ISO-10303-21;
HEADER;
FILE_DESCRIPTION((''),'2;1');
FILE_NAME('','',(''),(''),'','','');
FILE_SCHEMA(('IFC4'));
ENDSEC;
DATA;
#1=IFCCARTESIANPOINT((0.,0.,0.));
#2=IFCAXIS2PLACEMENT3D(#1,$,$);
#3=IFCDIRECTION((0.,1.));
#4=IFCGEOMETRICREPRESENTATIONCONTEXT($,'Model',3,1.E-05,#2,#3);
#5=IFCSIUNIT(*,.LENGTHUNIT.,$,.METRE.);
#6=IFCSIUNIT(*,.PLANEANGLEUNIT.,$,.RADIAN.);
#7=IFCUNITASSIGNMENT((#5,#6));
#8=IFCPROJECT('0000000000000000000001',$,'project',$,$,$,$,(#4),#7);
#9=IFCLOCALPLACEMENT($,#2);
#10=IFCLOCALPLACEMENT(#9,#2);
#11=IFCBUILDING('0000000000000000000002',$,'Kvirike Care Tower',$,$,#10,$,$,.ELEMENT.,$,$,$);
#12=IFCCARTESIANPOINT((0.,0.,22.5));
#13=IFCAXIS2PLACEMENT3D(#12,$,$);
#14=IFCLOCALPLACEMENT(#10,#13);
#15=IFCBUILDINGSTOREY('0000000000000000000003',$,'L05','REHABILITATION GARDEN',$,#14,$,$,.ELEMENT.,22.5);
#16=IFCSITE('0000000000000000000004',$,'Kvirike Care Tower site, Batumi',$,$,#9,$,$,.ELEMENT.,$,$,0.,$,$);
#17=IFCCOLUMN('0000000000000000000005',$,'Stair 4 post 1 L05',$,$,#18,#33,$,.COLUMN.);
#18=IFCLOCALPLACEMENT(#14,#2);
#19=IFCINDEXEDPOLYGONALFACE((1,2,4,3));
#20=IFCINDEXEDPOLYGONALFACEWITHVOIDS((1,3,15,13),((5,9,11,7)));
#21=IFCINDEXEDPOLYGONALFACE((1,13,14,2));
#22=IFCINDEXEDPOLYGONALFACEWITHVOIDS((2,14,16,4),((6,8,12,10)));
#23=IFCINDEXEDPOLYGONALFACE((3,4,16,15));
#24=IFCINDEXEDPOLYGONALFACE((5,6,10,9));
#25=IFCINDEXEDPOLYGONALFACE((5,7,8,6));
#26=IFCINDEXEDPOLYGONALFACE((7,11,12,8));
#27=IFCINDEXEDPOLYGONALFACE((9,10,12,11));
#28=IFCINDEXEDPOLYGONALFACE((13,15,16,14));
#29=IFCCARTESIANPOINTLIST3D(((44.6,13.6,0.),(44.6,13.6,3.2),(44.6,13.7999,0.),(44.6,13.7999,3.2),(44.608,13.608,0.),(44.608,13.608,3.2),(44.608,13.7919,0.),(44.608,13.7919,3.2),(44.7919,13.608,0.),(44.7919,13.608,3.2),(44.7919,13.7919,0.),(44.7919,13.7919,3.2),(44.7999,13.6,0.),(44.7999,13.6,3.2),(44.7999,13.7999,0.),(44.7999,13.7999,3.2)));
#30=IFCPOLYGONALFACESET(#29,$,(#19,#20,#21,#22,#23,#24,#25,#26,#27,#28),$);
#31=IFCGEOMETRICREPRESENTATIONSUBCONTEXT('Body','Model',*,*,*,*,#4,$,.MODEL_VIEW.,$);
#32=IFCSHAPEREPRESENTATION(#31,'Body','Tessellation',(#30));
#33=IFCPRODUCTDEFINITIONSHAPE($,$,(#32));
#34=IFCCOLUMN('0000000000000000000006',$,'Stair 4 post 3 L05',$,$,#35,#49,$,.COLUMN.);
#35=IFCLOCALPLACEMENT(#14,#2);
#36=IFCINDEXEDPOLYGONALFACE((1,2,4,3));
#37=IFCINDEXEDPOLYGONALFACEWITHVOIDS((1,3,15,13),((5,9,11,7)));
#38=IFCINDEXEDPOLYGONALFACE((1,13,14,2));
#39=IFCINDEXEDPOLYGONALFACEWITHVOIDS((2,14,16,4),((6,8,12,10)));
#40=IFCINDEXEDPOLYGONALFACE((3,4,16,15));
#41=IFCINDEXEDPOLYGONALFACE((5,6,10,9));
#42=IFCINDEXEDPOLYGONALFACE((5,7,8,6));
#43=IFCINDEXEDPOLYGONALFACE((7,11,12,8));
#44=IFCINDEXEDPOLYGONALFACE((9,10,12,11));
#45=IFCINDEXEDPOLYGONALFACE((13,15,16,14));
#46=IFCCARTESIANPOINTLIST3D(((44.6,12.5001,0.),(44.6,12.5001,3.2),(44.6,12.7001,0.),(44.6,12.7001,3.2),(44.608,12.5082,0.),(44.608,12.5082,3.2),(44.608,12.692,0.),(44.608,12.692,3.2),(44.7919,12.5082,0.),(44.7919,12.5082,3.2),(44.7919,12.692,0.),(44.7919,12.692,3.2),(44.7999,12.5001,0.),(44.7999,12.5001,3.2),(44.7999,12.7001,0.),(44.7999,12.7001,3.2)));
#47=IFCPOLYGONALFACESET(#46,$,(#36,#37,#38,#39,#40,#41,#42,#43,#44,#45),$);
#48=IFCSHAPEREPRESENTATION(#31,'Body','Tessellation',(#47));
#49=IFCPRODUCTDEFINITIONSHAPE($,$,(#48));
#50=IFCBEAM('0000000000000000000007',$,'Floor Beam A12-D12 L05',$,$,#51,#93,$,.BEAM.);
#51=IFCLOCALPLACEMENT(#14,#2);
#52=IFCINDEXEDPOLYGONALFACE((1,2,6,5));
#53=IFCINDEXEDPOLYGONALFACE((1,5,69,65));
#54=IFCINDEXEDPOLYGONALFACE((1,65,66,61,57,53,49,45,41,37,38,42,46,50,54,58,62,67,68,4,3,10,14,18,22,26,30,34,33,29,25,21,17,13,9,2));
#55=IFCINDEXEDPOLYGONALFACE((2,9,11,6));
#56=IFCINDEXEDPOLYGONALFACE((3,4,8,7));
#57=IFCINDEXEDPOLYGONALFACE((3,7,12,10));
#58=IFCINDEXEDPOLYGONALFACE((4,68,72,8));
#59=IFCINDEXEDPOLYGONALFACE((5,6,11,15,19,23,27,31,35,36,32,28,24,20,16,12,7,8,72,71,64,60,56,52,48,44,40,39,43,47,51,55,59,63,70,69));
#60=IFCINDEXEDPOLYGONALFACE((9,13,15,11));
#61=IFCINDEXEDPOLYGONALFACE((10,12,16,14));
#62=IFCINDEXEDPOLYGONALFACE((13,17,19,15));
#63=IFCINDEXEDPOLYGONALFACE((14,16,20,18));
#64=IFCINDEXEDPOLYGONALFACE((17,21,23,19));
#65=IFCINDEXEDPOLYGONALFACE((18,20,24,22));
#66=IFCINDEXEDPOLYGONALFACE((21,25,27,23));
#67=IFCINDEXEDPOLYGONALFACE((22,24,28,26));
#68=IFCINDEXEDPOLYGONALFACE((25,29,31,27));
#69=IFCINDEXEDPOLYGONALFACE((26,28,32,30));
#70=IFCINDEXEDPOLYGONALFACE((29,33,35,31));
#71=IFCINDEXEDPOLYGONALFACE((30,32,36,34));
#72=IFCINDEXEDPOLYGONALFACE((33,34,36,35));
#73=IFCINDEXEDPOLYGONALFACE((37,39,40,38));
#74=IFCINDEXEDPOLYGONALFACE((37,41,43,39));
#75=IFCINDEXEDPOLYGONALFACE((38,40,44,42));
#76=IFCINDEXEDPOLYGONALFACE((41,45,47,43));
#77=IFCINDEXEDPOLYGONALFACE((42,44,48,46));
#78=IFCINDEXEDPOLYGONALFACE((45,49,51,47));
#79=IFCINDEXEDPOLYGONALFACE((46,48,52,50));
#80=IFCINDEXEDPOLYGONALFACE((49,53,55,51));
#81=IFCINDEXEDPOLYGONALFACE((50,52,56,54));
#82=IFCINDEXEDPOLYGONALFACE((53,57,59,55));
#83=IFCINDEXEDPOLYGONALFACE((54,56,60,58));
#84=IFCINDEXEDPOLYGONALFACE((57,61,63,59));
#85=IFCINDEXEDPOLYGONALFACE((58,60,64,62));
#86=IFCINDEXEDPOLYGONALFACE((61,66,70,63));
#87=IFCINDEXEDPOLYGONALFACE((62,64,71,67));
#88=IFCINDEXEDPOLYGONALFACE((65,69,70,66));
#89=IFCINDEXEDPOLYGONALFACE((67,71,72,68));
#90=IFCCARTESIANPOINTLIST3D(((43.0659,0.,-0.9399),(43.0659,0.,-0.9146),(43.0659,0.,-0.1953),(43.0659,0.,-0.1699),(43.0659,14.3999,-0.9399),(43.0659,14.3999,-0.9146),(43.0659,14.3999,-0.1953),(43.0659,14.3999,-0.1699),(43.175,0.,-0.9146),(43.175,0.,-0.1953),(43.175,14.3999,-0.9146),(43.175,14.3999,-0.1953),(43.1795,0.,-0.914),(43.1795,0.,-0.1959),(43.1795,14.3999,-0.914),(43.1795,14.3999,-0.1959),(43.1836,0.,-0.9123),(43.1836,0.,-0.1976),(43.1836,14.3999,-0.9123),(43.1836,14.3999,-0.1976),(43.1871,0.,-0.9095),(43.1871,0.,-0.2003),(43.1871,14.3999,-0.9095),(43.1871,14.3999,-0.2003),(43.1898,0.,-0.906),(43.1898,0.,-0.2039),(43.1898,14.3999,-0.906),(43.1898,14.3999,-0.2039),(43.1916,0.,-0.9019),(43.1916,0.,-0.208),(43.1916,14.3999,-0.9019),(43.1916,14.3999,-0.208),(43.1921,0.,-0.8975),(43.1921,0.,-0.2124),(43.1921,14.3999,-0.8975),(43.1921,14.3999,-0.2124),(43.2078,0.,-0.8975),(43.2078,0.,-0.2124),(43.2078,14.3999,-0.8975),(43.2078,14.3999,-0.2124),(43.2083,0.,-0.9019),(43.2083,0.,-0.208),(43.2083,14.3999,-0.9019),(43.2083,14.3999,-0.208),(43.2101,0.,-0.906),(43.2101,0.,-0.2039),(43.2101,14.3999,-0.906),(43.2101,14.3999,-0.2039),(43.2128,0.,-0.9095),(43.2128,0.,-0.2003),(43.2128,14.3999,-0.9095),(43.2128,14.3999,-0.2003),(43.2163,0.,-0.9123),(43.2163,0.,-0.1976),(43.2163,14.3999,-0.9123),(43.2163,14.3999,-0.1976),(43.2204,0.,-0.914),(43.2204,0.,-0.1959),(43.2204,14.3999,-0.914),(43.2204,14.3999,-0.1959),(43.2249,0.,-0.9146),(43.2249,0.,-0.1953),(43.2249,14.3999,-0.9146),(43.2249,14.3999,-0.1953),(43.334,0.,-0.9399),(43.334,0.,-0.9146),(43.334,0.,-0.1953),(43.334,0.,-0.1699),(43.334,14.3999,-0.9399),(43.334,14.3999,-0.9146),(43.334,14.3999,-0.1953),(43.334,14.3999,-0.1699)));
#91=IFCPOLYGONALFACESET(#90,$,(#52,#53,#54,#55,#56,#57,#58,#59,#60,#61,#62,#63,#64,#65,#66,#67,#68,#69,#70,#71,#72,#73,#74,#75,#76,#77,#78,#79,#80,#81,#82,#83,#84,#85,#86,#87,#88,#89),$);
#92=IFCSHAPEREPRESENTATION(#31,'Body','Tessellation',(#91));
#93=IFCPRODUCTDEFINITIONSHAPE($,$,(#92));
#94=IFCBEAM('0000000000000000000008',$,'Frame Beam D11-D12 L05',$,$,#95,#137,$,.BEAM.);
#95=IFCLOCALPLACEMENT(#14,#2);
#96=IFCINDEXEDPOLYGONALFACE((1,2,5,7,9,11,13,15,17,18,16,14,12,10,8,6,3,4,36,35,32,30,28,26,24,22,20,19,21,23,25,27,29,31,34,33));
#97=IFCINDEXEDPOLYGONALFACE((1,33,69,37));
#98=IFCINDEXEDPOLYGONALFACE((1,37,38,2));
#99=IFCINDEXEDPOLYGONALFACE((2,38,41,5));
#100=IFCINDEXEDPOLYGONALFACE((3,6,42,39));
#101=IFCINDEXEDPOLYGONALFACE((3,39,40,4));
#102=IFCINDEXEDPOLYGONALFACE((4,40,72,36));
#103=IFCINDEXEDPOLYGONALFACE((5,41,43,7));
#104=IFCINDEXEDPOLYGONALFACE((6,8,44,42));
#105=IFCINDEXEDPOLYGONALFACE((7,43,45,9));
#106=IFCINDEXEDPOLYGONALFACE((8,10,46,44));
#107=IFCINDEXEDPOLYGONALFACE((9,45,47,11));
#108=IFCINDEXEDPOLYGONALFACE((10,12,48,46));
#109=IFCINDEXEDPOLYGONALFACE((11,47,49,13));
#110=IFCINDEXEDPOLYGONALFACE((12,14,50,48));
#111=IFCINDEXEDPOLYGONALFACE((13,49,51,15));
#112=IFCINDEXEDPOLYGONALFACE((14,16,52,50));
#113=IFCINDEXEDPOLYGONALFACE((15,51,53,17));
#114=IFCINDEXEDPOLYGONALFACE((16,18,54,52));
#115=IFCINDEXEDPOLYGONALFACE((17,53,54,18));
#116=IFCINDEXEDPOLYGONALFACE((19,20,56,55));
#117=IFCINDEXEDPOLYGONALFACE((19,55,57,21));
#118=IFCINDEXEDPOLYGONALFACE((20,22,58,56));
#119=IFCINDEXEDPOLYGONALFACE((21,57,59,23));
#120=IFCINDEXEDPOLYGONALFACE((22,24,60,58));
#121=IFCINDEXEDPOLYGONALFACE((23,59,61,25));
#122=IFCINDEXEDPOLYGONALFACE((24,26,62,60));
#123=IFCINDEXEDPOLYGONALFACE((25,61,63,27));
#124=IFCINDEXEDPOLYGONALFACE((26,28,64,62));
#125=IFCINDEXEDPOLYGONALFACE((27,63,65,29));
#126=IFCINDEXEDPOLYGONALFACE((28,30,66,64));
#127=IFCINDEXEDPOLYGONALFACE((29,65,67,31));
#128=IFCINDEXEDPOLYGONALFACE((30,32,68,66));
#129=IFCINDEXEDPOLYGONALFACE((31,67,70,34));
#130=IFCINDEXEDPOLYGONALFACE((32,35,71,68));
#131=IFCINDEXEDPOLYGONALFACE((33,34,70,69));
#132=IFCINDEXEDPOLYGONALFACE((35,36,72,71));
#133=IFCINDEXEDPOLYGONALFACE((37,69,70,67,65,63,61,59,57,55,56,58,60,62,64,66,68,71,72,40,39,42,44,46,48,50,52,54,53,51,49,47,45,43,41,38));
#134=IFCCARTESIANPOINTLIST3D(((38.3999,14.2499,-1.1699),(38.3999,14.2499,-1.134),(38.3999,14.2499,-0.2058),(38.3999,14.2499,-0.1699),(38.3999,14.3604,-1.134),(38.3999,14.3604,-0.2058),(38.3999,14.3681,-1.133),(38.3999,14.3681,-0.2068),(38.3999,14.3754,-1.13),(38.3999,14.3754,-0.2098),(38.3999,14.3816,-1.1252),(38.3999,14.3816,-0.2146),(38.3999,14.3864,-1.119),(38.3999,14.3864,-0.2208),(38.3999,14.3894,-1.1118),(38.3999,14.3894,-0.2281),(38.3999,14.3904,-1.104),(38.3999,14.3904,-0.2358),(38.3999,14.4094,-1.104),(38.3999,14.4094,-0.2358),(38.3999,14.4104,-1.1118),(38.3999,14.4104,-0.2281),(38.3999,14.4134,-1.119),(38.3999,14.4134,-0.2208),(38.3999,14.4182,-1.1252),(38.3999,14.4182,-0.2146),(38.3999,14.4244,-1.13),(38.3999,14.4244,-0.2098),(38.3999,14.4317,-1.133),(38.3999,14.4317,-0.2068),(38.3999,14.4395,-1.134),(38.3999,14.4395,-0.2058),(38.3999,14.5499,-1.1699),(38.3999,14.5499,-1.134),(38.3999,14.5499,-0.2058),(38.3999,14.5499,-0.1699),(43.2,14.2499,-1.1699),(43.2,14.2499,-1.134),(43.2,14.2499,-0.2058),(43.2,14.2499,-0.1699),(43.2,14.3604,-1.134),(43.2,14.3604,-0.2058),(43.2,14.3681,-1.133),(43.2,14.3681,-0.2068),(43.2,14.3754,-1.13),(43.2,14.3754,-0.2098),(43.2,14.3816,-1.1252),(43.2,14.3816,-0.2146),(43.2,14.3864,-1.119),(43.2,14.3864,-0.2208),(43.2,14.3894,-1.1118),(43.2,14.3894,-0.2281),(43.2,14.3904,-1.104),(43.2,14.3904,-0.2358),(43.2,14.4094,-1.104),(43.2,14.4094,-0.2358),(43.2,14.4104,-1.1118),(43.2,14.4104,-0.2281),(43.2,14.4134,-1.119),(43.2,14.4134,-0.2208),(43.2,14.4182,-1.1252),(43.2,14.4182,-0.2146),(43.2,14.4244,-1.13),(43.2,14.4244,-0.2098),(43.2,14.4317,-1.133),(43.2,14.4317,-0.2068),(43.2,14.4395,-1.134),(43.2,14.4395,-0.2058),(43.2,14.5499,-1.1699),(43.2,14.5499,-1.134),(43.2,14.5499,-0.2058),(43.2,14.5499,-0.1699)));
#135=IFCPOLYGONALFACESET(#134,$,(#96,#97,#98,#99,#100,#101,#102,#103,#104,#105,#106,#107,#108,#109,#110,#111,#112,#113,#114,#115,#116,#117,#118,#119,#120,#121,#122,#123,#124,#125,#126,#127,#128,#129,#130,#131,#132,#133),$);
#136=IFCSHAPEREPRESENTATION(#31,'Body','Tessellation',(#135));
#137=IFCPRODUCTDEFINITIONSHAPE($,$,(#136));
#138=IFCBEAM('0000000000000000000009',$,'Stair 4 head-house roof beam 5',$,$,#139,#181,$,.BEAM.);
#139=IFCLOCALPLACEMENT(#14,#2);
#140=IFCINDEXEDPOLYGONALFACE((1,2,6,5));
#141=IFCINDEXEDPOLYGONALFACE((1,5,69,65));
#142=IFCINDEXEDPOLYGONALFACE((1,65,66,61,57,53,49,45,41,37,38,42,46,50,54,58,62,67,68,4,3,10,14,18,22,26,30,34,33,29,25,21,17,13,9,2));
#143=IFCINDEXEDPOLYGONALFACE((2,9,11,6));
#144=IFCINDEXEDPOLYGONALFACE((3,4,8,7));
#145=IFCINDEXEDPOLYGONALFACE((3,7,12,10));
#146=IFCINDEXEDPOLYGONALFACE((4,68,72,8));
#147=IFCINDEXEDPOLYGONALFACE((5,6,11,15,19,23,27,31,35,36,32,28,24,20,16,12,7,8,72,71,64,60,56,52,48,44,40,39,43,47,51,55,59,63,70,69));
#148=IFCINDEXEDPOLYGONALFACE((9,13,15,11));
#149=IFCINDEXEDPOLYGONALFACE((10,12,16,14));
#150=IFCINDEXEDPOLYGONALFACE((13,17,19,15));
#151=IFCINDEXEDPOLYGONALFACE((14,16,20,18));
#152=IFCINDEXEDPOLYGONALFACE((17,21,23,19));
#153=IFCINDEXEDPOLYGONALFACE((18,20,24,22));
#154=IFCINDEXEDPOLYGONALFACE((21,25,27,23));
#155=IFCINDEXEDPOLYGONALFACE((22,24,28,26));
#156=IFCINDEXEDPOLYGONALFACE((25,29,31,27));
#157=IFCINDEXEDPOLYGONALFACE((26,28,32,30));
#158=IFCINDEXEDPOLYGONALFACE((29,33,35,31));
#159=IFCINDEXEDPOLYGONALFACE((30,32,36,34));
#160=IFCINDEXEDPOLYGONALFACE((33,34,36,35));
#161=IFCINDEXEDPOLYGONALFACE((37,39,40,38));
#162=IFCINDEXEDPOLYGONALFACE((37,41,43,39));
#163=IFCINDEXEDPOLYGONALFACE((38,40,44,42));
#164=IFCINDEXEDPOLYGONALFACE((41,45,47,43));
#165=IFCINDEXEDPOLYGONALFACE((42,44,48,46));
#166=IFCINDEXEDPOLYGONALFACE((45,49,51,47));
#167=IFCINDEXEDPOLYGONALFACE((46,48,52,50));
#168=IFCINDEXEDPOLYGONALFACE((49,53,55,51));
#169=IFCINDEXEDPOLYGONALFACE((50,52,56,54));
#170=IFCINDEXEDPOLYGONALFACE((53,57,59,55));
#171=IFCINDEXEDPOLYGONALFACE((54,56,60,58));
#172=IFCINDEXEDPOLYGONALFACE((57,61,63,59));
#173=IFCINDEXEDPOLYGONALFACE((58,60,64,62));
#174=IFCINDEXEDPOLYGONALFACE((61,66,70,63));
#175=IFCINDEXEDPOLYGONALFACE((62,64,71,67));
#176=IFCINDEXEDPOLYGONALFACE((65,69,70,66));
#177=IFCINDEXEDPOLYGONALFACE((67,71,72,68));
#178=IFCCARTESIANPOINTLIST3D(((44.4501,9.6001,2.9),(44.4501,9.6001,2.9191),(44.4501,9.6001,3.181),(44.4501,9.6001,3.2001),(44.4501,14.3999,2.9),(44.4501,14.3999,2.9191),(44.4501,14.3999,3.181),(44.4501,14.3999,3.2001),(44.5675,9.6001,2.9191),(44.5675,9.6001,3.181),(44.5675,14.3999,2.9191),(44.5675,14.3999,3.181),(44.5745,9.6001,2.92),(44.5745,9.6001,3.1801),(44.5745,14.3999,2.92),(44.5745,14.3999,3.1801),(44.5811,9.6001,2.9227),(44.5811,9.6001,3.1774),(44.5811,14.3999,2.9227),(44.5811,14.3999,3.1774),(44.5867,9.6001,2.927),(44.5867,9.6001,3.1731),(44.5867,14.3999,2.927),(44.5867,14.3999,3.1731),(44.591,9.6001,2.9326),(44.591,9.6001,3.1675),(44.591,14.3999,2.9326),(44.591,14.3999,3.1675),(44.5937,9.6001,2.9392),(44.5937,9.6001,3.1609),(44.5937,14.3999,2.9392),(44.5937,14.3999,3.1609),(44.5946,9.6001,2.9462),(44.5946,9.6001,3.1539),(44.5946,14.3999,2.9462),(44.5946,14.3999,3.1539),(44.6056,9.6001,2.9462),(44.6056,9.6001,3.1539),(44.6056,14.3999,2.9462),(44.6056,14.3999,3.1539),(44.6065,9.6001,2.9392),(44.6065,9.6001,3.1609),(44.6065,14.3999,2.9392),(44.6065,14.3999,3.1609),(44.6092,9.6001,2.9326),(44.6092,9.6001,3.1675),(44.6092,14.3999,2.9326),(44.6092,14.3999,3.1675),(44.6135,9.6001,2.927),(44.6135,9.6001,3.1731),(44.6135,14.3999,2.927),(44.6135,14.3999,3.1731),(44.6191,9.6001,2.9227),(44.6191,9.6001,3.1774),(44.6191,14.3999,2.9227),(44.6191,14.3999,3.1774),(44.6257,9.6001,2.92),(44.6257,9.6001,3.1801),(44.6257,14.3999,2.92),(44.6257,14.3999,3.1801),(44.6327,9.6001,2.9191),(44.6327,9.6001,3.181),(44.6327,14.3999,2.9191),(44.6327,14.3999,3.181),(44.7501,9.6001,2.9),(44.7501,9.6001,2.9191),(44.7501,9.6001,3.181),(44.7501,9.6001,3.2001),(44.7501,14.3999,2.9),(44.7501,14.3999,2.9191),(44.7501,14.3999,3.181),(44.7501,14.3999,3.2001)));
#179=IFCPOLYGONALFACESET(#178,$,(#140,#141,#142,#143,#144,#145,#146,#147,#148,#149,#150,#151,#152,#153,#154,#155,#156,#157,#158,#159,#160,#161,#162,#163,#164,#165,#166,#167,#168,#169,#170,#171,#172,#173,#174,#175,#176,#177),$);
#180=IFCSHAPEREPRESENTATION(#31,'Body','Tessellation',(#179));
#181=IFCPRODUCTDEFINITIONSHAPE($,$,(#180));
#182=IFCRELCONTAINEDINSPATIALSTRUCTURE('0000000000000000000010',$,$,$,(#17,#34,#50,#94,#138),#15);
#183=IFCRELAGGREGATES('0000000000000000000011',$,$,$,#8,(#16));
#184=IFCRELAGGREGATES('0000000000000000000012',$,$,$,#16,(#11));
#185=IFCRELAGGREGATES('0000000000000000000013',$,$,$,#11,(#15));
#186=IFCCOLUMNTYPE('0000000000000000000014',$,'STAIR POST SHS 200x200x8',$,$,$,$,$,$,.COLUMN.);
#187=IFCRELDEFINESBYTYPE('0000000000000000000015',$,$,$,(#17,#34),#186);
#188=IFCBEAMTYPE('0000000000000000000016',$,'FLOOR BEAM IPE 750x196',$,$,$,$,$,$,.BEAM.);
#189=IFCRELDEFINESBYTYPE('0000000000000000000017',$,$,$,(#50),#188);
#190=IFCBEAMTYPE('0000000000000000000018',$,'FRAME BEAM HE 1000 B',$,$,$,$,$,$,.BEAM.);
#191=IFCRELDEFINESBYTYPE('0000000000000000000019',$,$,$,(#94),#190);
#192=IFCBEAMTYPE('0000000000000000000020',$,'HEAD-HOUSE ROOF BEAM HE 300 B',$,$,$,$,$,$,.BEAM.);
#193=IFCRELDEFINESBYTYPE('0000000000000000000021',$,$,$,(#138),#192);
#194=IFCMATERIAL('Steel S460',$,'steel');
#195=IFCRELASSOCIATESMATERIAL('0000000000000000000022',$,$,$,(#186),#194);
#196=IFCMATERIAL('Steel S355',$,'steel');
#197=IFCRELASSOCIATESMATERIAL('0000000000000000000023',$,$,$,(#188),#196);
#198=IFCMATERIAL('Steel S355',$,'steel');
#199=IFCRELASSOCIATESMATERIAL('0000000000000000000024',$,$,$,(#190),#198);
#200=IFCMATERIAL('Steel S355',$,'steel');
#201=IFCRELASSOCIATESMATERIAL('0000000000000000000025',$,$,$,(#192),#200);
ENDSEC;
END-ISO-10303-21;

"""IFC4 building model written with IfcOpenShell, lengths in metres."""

from ifc_helpers import new_model, si_unit, direction, frame, origin, origin_2d, place, context, subcontext, project, spatial, hollow_rectangle, i_section, extrude, material, material_profile, profile_set, type_object, element, save


model = new_model("IFC4")

# Units and contexts
model_context = context("Model", 3, precision=1e-05, world=origin(), true_north=direction((0.0, 1.0)))
body_context = subcontext(model_context, "Body", "Model", "MODEL_VIEW")
ifc_project = project(units=[si_unit("LENGTHUNIT", "METRE"), si_unit("PLANEANGLEUNIT", "RADIAN")], contexts=[model_context])

# Site, building, storey
site_placement = place(None, origin())
site = spatial("IfcSite", under=ifc_project, at=site_placement, Name="Kvirike Care Tower site, Batumi", CompositionType="ELEMENT", RefElevation=0.0)
building_placement = place(site_placement, origin())
building = spatial("IfcBuilding", under=site, at=building_placement, Name="Kvirike Care Tower", CompositionType="ELEMENT")
storey_placement = place(building_placement, frame((0.0, 0.0, 22.5)))
storey = spatial("IfcBuildingStorey", under=building, at=storey_placement, Name="L05", Description="REHABILITATION GARDEN", CompositionType="ELEMENT", Elevation=22.5)

# Columns
ifc_material_1 = material(Name="Steel S460", Category="steel")
ifc_material_profile_1 = material_profile(ifc_material_1, hollow_rectangle(XDim=0.2, YDim=0.2, WallThickness=0.0081, at=origin_2d()), Name="SHS 200x200x8")
ifc_profile_set_1 = profile_set([ifc_material_profile_1], Name="Steel S460")
column_type = type_object("IfcColumnType", Name="STAIR POST SHS 200x200x8", PredefinedType="COLUMN", material=ifc_profile_set_1)
for number, where, z_axis, x_axis, name in (
    (1, (44.7, 13.7, 0.0), (0.0, 0.0, 1.0), (1.0, 0.0, 0.0), "Stair 4 post 1 L05"),
    (2, (44.7, 12.6001, 0.0), (0.0, 0.0, 1.0), (1.0, 0.0, 0.0), "Stair 4 post 3 L05"),
):
    element("IfcColumn", number, at=place(storey_placement, frame(where, z_axis=z_axis, x_axis=x_axis)), inside=storey, type_object=column_type, Name=name, PredefinedType="COLUMN", context=body_context, shape_type="SweptSolid", body=[
        extrude(hollow_rectangle(XDim=0.2, YDim=0.2, WallThickness=0.0081, at=origin_2d()), origin(), (0.0, 0.0, 1.0), 3.2),
    ])

# Beams
ifc_material_2 = material(Name="Steel S355", Category="steel")
ifc_material_profile_2 = material_profile(ifc_material_2, i_section(OverallWidth=0.2681, OverallDepth=0.77, WebThickness=0.0156, FlangeThickness=0.0254, FilletRadius=0.0171, at=origin_2d()), Name="IPE 750x196")
ifc_profile_set_2 = profile_set([ifc_material_profile_2], Name="Steel S355")
beam_type_1 = type_object("IfcBeamType", Name="FLOOR BEAM IPE 750x196", PredefinedType="BEAM", material=ifc_profile_set_2)
beam_1_placement = place(storey_placement, frame((43.2, 0.0, -0.5549), z_axis=(0.0, 1.0, 0.0), x_axis=(-1.0, 0.0, 0.0)))
element("IfcBeam", 3, at=beam_1_placement, inside=storey, type_object=beam_type_1, Name="Floor Beam A12-D12 L05", PredefinedType="BEAM", context=body_context, shape_type="SweptSolid", body=[
    extrude(i_section(OverallWidth=0.2681, OverallDepth=0.77, WebThickness=0.0156, FlangeThickness=0.0254, FilletRadius=0.0171, at=origin_2d()), origin(), (0.0, 0.0, 1.0), 14.3999),
])
ifc_material_3 = material(Name="Steel S355", Category="steel")
ifc_material_profile_3 = material_profile(ifc_material_3, i_section(OverallWidth=0.3, OverallDepth=1.0, WebThickness=0.019, FlangeThickness=0.0359, FilletRadius=0.03, at=origin_2d()), Name="HE 1000 B")
ifc_profile_set_3 = profile_set([ifc_material_profile_3], Name="Steel S355")
beam_type_2 = type_object("IfcBeamType", Name="FRAME BEAM HE 1000 B", PredefinedType="BEAM", material=ifc_profile_set_3)
beam_2_placement = place(storey_placement, frame((38.3999, 14.3999, -0.6699), z_axis=(1.0, 0.0, 0.0), x_axis=(0.0, 1.0, 0.0)))
element("IfcBeam", 4, at=beam_2_placement, inside=storey, type_object=beam_type_2, Name="Frame Beam D11-D12 L05", PredefinedType="BEAM", context=body_context, shape_type="SweptSolid", body=[
    extrude(i_section(OverallWidth=0.3, OverallDepth=1.0, WebThickness=0.019, FlangeThickness=0.0359, FilletRadius=0.03, at=origin_2d()), origin(), (0.0, 0.0, 1.0), 4.8),
])
ifc_material_4 = material(Name="Steel S355", Category="steel")
ifc_material_profile_4 = material_profile(ifc_material_4, i_section(OverallWidth=0.3, OverallDepth=0.3, WebThickness=0.011, FlangeThickness=0.019, FilletRadius=0.0271, at=origin_2d()), Name="HE 300 B")
ifc_profile_set_4 = profile_set([ifc_material_profile_4], Name="Steel S355")
beam_type_3 = type_object("IfcBeamType", Name="HEAD-HOUSE ROOF BEAM HE 300 B", PredefinedType="BEAM", material=ifc_profile_set_4)
beam_3_placement = place(storey_placement, frame((44.6001, 9.6001, 3.05), z_axis=(0.0, 1.0, 0.0), x_axis=(-1.0, 0.0, 0.0)))
element("IfcBeam", 5, at=beam_3_placement, inside=storey, type_object=beam_type_3, Name="Stair 4 head-house roof beam 5", PredefinedType="BEAM", context=body_context, shape_type="SweptSolid", body=[
    extrude(i_section(OverallWidth=0.3, OverallDepth=0.3, WebThickness=0.011, FlangeThickness=0.019, FilletRadius=0.0271, at=origin_2d()), origin(), (0.0, 0.0, 1.0), 4.7998),
])

save(model, "model.ifc")
